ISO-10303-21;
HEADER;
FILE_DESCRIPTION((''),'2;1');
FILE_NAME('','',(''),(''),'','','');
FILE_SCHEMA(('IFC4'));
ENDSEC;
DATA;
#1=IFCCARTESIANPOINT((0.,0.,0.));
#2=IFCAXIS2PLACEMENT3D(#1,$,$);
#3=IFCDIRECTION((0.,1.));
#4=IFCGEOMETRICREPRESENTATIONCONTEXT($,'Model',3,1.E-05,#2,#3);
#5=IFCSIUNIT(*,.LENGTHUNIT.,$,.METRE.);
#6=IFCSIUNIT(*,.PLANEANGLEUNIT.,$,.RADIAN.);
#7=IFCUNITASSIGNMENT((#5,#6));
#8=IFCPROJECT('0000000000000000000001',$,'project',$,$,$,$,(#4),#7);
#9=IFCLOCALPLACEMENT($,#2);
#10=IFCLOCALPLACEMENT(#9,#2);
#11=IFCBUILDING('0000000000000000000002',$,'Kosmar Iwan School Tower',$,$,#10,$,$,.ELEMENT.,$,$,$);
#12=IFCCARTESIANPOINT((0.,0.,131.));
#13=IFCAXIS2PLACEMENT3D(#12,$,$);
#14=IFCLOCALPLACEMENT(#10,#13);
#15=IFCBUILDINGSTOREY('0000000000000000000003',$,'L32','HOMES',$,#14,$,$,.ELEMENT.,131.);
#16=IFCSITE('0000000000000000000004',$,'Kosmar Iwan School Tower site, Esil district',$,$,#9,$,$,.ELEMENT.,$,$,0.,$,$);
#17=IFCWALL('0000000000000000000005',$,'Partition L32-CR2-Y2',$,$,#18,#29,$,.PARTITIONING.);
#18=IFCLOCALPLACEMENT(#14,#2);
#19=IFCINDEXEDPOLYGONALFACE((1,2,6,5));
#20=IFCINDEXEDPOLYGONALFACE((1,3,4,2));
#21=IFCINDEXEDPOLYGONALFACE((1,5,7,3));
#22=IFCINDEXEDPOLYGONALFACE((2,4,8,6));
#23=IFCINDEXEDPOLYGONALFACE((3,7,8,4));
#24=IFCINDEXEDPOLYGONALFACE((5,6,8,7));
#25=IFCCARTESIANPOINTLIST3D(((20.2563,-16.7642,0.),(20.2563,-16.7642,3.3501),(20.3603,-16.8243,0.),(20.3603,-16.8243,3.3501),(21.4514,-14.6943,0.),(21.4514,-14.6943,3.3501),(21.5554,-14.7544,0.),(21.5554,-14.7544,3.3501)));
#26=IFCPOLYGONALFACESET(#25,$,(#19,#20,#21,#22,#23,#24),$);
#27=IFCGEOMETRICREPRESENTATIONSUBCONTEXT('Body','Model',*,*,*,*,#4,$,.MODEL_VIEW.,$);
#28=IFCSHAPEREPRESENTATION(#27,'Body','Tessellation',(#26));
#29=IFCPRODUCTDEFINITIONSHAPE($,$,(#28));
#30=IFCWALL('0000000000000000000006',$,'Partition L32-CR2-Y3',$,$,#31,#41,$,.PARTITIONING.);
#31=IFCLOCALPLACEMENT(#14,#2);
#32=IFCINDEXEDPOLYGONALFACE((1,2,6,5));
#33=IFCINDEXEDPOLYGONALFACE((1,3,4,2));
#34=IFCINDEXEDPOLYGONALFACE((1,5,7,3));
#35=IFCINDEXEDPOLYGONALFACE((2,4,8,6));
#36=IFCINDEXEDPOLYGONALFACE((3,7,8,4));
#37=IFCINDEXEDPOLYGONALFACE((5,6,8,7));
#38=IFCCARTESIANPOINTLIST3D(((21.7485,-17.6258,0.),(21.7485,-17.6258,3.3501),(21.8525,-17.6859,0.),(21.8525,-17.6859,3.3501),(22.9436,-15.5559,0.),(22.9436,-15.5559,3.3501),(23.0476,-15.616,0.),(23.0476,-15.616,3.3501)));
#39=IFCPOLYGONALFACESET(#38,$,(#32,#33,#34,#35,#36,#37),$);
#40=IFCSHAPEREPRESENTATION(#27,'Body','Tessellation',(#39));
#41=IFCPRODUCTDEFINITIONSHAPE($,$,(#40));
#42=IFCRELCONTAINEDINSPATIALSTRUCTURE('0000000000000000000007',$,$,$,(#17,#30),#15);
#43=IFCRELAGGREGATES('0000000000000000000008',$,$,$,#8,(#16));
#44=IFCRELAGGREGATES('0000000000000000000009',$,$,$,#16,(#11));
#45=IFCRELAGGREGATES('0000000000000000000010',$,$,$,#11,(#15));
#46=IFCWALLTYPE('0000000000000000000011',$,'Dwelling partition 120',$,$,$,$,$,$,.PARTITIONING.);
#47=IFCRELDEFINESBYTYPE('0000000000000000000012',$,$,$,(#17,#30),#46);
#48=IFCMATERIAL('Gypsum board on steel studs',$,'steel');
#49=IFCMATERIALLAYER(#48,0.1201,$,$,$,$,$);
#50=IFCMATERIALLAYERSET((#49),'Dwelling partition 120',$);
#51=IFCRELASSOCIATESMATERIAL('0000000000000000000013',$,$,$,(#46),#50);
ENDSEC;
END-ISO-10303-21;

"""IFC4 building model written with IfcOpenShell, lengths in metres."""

from ifc_helpers import new_model, si_unit, direction, frame, frame_2d, origin, place, context, subcontext, project, spatial, rectangle, extrude, material, layer, layer_set, type_object, element, save


model = new_model("IFC4")

# Units and contexts
model_context = context("Model", 3, precision=1e-05, world=origin(), true_north=direction((0.0, 1.0)))
body_context = subcontext(model_context, "Body", "Model", "MODEL_VIEW")
ifc_project = project(units=[si_unit("LENGTHUNIT", "METRE"), si_unit("PLANEANGLEUNIT", "RADIAN")], contexts=[model_context])

# Site, building, storey
site_placement = place(None, origin())
site = spatial("IfcSite", under=ifc_project, at=site_placement, Name="Kosmar Iwan School Tower site, Esil district", CompositionType="ELEMENT", RefElevation=0.0)
building_placement = place(site_placement, origin())
building = spatial("IfcBuilding", under=site, at=building_placement, Name="Kosmar Iwan School Tower", CompositionType="ELEMENT")
storey_placement = place(building_placement, frame((0.0, 0.0, 131.0)))
storey = spatial("IfcBuildingStorey", under=building, at=storey_placement, Name="L32", Description="HOMES", CompositionType="ELEMENT", Elevation=131.0)

# Shared definitions
ifc_material_1 = material(Name="Gypsum board on steel studs", Category="steel")
ifc_layer = layer(ifc_material_1, 0.1201)
ifc_layer_set = layer_set([ifc_layer], Name="Dwelling partition 120")
wall_type = type_object("IfcWallType", Name="Dwelling partition 120", PredefinedType="PARTITIONING", material=ifc_layer_set)

# Walls
for number, where, z_axis, x_axis, name in (
    (1, (21.5034, -14.7244, 0.0), (0.0, 0.0, 1.0), (-0.500017, -0.866015, 0.0), "Partition L32-CR2-Y2"),
    (2, (22.9956, -15.5859, 0.0), (0.0, 0.0, 1.0), (-0.500017, -0.866015, 0.0), "Partition L32-CR2-Y3"),
):
    element("IfcWall", number, at=place(storey_placement, frame(where, z_axis=z_axis, x_axis=x_axis)), inside=storey, type_object=wall_type, Name=name, PredefinedType="PARTITIONING", context=body_context, shape_type="SweptSolid", body=[
        extrude(rectangle(XDim=2.3901, YDim=0.1201, at=frame_2d((1.1951, 0.0))), origin(), (0.0, 0.0, 1.0), 3.3501),
    ])

save(model, "model.ifc")
